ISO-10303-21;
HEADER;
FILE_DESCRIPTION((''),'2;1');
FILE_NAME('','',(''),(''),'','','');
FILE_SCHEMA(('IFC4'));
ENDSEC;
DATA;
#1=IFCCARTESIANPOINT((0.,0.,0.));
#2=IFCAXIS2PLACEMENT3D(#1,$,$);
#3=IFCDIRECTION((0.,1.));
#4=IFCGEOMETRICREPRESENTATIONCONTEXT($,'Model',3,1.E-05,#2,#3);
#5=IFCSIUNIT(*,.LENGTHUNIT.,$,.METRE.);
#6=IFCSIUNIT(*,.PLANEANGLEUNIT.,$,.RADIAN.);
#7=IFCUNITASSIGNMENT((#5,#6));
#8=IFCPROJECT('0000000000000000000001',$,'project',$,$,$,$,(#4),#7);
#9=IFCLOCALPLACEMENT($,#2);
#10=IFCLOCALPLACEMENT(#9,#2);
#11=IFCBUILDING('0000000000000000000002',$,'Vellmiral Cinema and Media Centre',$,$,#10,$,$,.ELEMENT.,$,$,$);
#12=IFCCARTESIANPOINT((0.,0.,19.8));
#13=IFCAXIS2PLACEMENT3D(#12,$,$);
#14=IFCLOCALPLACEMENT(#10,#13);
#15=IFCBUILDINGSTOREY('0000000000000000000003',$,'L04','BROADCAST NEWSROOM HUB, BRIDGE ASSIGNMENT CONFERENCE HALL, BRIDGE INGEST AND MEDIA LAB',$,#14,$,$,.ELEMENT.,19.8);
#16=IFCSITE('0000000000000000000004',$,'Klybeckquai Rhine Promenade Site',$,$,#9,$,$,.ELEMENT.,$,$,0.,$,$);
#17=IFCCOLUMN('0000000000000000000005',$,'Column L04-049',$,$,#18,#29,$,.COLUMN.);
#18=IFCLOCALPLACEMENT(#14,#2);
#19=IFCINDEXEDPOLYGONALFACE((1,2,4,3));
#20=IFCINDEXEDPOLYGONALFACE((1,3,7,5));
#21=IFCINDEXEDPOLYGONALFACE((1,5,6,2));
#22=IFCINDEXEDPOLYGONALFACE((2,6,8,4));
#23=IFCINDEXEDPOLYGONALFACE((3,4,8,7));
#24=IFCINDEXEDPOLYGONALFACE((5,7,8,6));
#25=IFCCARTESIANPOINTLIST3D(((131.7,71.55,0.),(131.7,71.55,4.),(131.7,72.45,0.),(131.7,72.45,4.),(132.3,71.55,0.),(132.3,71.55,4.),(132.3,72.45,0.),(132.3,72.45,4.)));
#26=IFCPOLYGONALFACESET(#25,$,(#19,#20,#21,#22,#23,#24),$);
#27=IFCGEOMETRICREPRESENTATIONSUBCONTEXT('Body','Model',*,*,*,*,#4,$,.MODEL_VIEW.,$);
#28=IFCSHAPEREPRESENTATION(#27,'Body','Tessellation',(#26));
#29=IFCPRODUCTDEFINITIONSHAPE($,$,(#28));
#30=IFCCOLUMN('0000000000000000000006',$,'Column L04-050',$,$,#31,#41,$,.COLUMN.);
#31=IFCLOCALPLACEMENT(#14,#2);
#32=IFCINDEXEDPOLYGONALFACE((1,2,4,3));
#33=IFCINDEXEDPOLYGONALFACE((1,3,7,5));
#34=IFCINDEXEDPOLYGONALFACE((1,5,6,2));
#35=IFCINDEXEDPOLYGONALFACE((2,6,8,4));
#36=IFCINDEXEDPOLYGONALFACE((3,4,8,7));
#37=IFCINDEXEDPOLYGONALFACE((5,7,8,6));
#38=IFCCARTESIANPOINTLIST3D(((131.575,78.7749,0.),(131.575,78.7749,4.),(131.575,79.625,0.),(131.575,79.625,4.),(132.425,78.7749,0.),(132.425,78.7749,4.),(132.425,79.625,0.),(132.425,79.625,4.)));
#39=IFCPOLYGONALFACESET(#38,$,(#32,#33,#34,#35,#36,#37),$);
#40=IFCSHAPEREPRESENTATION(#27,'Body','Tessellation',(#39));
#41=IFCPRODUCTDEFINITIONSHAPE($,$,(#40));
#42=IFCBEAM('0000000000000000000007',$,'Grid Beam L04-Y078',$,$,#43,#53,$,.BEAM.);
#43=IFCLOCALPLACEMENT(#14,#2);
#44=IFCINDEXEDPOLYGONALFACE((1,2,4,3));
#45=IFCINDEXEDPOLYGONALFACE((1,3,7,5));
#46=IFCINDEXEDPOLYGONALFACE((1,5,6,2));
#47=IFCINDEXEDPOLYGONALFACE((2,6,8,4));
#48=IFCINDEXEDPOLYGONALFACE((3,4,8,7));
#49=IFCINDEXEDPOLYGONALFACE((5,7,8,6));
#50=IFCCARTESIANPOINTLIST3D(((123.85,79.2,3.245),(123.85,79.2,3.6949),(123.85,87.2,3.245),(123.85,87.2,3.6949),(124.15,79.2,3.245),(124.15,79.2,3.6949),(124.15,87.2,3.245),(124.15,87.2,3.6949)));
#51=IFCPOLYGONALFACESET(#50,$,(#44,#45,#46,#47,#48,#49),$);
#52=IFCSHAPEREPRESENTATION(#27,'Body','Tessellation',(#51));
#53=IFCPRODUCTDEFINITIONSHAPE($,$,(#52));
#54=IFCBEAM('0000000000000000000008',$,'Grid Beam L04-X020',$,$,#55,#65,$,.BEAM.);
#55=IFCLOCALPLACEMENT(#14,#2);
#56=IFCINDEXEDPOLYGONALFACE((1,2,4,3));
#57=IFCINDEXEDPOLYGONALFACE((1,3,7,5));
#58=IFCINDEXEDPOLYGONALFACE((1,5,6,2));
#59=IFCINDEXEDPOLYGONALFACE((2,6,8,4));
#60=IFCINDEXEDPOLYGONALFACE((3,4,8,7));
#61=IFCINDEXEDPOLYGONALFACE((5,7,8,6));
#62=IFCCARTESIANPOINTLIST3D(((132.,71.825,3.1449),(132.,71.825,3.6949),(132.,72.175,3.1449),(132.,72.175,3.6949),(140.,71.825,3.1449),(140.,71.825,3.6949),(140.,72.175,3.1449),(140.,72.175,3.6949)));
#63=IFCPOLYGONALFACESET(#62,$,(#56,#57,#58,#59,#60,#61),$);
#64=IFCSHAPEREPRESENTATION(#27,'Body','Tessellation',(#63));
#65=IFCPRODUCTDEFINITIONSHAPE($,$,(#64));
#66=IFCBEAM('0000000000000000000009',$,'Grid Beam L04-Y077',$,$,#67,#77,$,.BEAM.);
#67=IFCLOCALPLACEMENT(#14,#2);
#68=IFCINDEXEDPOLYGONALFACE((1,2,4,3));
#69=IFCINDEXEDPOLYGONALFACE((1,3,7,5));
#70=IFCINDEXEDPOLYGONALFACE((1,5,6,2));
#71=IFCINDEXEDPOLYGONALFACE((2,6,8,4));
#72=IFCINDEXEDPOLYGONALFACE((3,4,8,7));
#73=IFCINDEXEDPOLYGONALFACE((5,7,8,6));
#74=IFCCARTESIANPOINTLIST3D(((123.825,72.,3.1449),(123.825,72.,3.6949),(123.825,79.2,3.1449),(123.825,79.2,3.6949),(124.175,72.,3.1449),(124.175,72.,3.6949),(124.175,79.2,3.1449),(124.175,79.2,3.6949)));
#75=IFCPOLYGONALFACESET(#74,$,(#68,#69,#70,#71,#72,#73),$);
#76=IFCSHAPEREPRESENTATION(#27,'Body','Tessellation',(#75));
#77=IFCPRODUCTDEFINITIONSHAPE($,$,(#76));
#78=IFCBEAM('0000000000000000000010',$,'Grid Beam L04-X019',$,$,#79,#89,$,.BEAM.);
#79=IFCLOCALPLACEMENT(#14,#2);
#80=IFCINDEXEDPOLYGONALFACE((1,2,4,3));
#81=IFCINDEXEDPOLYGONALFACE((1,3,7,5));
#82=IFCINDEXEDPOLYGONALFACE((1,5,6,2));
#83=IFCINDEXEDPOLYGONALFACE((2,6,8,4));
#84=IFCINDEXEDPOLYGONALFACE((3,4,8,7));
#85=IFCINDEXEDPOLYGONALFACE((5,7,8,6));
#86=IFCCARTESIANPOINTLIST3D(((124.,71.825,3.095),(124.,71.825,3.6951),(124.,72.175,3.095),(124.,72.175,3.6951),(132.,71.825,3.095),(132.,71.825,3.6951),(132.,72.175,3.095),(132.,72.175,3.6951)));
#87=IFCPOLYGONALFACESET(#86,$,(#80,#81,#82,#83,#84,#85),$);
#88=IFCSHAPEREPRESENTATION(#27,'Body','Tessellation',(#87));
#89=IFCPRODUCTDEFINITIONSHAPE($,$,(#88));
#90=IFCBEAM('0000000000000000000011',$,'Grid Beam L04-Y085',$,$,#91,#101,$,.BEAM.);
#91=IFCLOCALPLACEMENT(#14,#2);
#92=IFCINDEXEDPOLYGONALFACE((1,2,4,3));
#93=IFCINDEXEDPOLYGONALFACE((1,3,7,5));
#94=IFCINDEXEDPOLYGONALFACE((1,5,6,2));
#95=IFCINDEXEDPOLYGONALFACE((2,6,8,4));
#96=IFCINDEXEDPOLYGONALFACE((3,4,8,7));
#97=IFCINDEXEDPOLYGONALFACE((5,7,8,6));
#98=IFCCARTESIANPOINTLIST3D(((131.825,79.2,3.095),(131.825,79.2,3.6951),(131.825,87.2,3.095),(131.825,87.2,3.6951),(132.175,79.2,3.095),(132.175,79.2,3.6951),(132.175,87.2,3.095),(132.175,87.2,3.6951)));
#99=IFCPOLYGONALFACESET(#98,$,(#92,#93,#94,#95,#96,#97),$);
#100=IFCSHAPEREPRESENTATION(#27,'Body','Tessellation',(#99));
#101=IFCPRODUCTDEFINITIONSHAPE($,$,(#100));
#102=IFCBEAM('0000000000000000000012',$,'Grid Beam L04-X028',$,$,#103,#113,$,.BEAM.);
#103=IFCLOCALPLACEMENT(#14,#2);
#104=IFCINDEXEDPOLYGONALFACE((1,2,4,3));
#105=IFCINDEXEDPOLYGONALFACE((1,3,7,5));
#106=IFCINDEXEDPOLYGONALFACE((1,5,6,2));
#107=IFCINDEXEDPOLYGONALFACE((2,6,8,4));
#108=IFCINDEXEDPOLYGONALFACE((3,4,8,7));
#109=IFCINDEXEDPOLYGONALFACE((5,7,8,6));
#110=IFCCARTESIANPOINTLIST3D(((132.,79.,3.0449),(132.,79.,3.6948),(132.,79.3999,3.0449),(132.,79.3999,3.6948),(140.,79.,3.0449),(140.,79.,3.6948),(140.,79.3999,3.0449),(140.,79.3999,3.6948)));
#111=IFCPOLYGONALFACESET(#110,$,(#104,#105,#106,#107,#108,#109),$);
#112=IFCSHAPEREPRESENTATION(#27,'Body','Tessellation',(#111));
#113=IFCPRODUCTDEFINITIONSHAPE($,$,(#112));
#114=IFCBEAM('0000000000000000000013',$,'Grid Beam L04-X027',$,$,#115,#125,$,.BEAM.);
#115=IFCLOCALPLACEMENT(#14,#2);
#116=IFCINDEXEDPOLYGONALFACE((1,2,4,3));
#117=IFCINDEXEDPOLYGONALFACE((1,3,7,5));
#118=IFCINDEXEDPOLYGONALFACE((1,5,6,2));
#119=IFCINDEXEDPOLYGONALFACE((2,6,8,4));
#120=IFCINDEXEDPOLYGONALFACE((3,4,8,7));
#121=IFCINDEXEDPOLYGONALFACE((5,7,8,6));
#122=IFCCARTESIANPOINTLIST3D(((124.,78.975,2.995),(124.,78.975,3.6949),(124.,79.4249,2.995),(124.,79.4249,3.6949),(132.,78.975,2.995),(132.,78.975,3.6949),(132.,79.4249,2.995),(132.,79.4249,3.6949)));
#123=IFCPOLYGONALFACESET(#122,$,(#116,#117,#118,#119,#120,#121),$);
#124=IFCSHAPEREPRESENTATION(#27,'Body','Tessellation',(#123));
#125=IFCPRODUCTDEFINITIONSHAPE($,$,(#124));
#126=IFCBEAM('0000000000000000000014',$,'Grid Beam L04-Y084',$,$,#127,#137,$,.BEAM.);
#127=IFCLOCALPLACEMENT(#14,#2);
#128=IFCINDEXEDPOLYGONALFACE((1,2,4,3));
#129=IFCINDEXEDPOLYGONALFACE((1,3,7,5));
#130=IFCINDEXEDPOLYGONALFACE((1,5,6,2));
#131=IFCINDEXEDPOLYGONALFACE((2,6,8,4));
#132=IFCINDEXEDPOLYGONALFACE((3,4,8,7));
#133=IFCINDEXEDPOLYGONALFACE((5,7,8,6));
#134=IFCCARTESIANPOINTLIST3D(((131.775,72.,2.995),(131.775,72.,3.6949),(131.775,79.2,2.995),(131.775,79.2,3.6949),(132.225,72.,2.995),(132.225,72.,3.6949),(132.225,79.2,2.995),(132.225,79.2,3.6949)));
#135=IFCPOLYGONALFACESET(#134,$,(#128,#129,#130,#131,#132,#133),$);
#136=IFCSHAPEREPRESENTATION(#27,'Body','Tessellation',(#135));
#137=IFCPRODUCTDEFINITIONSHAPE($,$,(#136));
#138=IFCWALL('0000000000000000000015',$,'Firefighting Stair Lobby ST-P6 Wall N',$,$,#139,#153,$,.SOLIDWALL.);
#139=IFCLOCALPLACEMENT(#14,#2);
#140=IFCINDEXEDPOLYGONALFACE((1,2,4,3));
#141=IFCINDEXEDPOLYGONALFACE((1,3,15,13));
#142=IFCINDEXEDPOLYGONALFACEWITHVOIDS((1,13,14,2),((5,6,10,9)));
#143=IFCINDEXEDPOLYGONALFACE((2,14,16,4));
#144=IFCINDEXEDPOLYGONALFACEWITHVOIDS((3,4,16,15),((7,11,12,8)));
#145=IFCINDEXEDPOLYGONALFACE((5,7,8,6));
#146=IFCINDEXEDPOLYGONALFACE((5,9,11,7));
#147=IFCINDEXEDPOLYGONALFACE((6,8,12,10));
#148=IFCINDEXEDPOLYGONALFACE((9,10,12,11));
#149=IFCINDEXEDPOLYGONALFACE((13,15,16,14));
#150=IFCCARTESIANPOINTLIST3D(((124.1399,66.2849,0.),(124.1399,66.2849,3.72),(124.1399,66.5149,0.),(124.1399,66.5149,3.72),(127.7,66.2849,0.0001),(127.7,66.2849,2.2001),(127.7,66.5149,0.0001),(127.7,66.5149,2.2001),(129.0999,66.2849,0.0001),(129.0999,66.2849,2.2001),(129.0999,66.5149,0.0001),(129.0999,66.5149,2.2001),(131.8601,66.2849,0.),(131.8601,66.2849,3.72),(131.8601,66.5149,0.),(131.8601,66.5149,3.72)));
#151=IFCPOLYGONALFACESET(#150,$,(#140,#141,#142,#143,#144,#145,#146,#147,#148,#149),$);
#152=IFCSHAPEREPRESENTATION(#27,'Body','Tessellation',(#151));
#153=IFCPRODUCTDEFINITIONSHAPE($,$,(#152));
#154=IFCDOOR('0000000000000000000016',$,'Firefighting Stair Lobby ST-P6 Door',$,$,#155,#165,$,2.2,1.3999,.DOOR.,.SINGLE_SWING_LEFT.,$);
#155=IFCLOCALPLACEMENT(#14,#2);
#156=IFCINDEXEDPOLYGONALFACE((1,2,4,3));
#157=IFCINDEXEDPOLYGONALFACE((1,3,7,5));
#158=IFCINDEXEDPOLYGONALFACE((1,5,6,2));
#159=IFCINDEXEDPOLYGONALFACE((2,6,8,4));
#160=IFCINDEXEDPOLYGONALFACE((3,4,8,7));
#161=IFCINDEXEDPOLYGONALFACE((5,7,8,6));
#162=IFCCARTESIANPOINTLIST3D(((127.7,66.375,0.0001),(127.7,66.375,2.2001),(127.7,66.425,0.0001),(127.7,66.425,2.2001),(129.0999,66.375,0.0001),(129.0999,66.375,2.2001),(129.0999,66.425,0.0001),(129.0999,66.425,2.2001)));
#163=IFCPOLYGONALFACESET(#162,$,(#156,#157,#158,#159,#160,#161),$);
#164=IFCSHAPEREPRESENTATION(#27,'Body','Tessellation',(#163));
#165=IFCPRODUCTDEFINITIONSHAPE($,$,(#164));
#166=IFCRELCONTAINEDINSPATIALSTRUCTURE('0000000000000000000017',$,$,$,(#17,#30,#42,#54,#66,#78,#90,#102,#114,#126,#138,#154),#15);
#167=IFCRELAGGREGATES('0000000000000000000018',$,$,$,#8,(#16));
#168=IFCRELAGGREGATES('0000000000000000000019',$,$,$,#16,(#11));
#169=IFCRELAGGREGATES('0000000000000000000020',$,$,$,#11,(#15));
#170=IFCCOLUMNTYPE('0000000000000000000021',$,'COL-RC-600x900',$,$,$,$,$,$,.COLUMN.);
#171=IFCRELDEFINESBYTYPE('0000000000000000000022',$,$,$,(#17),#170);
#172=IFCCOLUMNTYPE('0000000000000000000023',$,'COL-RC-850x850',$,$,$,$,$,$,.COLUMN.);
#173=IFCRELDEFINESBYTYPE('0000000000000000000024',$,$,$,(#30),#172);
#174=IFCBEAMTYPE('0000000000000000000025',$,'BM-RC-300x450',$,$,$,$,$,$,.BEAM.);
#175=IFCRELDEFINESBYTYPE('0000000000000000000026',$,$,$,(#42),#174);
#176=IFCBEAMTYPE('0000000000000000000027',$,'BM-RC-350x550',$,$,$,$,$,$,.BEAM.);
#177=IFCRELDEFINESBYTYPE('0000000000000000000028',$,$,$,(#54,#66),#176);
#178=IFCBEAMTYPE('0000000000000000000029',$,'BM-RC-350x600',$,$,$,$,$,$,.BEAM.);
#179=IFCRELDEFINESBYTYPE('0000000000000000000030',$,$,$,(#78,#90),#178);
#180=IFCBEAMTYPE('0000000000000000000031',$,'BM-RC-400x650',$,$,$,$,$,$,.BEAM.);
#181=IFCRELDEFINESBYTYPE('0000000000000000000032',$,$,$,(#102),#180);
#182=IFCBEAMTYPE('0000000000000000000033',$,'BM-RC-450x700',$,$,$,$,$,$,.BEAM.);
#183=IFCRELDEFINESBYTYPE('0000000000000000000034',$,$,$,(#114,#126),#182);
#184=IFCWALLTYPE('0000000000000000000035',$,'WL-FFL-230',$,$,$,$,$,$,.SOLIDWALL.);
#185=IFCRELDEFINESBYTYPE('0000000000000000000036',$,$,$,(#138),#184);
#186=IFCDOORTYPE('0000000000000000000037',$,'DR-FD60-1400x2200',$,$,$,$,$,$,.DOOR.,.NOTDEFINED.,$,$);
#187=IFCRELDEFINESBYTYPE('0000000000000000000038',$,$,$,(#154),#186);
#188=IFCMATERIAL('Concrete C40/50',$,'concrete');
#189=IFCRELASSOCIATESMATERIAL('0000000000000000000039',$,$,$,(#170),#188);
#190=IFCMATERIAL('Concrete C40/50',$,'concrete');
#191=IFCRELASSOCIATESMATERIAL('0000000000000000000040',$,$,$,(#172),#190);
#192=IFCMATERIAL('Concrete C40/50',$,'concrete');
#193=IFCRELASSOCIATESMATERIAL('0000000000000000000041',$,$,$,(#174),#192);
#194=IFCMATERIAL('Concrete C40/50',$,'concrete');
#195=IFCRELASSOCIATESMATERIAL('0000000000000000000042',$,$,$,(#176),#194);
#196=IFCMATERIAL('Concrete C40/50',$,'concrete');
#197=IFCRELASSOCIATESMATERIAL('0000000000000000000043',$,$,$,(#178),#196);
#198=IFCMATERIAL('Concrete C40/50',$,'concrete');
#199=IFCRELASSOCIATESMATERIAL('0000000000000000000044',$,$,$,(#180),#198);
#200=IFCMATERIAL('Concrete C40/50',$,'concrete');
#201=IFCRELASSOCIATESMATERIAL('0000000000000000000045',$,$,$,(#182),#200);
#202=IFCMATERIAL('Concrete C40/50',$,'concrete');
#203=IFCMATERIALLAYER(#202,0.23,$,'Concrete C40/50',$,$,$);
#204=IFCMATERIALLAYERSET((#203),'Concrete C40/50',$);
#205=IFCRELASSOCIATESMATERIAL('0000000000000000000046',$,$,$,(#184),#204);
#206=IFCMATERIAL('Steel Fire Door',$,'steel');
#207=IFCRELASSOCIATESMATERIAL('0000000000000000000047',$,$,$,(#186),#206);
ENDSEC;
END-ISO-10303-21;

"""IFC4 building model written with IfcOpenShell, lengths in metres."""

from ifc_helpers import new_model, si_unit, direction, frame, frame_2d, origin, origin_2d, place, context, subcontext, project, spatial, rectangle, extrude, material, layer, layer_set, material_profile, profile_set, type_object, element, fill, save


model = new_model("IFC4")

# Units and contexts
model_context = context("Model", 3, precision=1e-05, world=origin(), true_north=direction((0.0, 1.0)))
body_context = subcontext(model_context, "Body", "Model", "MODEL_VIEW")
ifc_project = project(units=[si_unit("LENGTHUNIT", "METRE"), si_unit("PLANEANGLEUNIT", "RADIAN")], contexts=[model_context])

# Site, building, storey
site_placement = place(None, origin())
site = spatial("IfcSite", under=ifc_project, at=site_placement, Name="Klybeckquai Rhine Promenade Site", CompositionType="ELEMENT", RefElevation=0.0)
building_placement = place(site_placement, origin())
building = spatial("IfcBuilding", under=site, at=building_placement, Name="Vellmiral Cinema and Media Centre", CompositionType="ELEMENT")
storey_placement = place(building_placement, frame((0.0, 0.0, 19.8)))
storey = spatial("IfcBuildingStorey", under=building, at=storey_placement, Name="L04", Description="BROADCAST NEWSROOM HUB, BRIDGE ASSIGNMENT CONFERENCE HALL, BRIDGE INGEST AND MEDIA LAB", CompositionType="ELEMENT", Elevation=19.8)

# Columns
ifc_material_1 = material(Name="Concrete C40/50", Category="concrete")
ifc_material_profile_1 = material_profile(ifc_material_1, rectangle(XDim=0.6001, YDim=0.8999, at=origin_2d()), Name="RC 600x900")
ifc_profile_set_1 = profile_set([ifc_material_profile_1], Name="Concrete C40/50")
column_type_1 = type_object("IfcColumnType", Name="COL-RC-600x900", PredefinedType="COLUMN", material=ifc_profile_set_1)
column_1_placement = place(storey_placement, frame((132.0, 72.0, 0.0), z_axis=(0.0, 0.0, 1.0), x_axis=(1.0, 0.0, 0.0)))
element("IfcColumn", 1, at=column_1_placement, inside=storey, type_object=column_type_1, Name="Column L04-049", PredefinedType="COLUMN", context=body_context, shape_type="SweptSolid", body=[
    extrude(rectangle(XDim=0.6001, YDim=0.8999, at=origin_2d()), origin(), (0.0, 0.0, 1.0), 4.0),
])
ifc_material_2 = material(Name="Concrete C40/50", Category="concrete")
ifc_material_profile_2 = material_profile(ifc_material_2, rectangle(XDim=0.8501, YDim=0.8501, at=origin_2d()), Name="RC 850x850")
ifc_profile_set_2 = profile_set([ifc_material_profile_2], Name="Concrete C40/50")
column_type_2 = type_object("IfcColumnType", Name="COL-RC-850x850", PredefinedType="COLUMN", material=ifc_profile_set_2)
column_2_placement = place(storey_placement, frame((132.0, 79.2, 0.0), z_axis=(0.0, 0.0, 1.0), x_axis=(1.0, 0.0, 0.0)))
element("IfcColumn", 2, at=column_2_placement, inside=storey, type_object=column_type_2, Name="Column L04-050", PredefinedType="COLUMN", context=body_context, shape_type="SweptSolid", body=[
    extrude(rectangle(XDim=0.8501, YDim=0.8501, at=origin_2d()), origin(), (0.0, 0.0, 1.0), 4.0),
])

# Beams
ifc_material_3 = material(Name="Concrete C40/50", Category="concrete")
ifc_material_profile_3 = material_profile(ifc_material_3, rectangle(XDim=0.3, YDim=0.45, at=origin_2d()), Name="RC 300x450")
ifc_profile_set_3 = profile_set([ifc_material_profile_3], Name="Concrete C40/50")
beam_type_1 = type_object("IfcBeamType", Name="BM-RC-300x450", PredefinedType="BEAM", material=ifc_profile_set_3)
beam_1_placement = place(storey_placement, frame((124.0, 79.2, 3.47), z_axis=(0.0, 1.0, 0.0), x_axis=(-1.0, 0.0, 0.0)))
element("IfcBeam", 3, at=beam_1_placement, inside=storey, type_object=beam_type_1, Name="Grid Beam L04-Y078", PredefinedType="BEAM", context=body_context, shape_type="SweptSolid", body=[
    extrude(rectangle(XDim=0.3, YDim=0.45, at=origin_2d()), origin(), (0.0, 0.0, 1.0), 8.0),
])
ifc_material_4 = material(Name="Concrete C40/50", Category="concrete")
ifc_material_profile_4 = material_profile(ifc_material_4, rectangle(XDim=0.3501, YDim=0.55, at=origin_2d()), Name="RC 350x550")
ifc_profile_set_4 = profile_set([ifc_material_profile_4], Name="Concrete C40/50")
beam_type_2 = type_object("IfcBeamType", Name="BM-RC-350x550", PredefinedType="BEAM", material=ifc_profile_set_4)
beam_2_placement = place(storey_placement, frame((132.0, 72.0, 3.4199), z_axis=(1.0, 0.0, 0.0), x_axis=(0.0, 1.0, 0.0)))
element("IfcBeam", 4, at=beam_2_placement, inside=storey, type_object=beam_type_2, Name="Grid Beam L04-X020", PredefinedType="BEAM", context=body_context, shape_type="SweptSolid", body=[
    extrude(rectangle(XDim=0.3501, YDim=0.55, at=origin_2d()), origin(), (0.0, 0.0, 1.0), 8.0),
])
beam_3_placement = place(storey_placement, frame((124.0, 72.0, 3.4199), z_axis=(0.0, 1.0, 0.0), x_axis=(-1.0, 0.0, 0.0)))
element("IfcBeam", 5, at=beam_3_placement, inside=storey, type_object=beam_type_2, Name="Grid Beam L04-Y077", PredefinedType="BEAM", context=body_context, shape_type="SweptSolid", body=[
    extrude(rectangle(XDim=0.3501, YDim=0.55, at=origin_2d()), origin(), (0.0, 0.0, 1.0), 7.2),
])
ifc_material_5 = material(Name="Concrete C40/50", Category="concrete")
ifc_material_profile_5 = material_profile(ifc_material_5, rectangle(XDim=0.3501, YDim=0.6001, at=origin_2d()), Name="RC 350x600")
ifc_profile_set_5 = profile_set([ifc_material_profile_5], Name="Concrete C40/50")
beam_type_3 = type_object("IfcBeamType", Name="BM-RC-350x600", PredefinedType="BEAM", material=ifc_profile_set_5)
for number, where, z_axis, x_axis, name in (
    (6, (124.0, 72.0, 3.395), (1.0, 0.0, 0.0), (0.0, 1.0, 0.0), "Grid Beam L04-X019"),
    (7, (132.0, 79.2, 3.395), (0.0, 1.0, 0.0), (-1.0, 0.0, 0.0), "Grid Beam L04-Y085"),
):
    element("IfcBeam", number, at=place(storey_placement, frame(where, z_axis=z_axis, x_axis=x_axis)), inside=storey, type_object=beam_type_3, Name=name, PredefinedType="BEAM", context=body_context, shape_type="SweptSolid", body=[
        extrude(rectangle(XDim=0.3501, YDim=0.6001, at=origin_2d()), origin(), (0.0, 0.0, 1.0), 8.0),
    ])
ifc_material_6 = material(Name="Concrete C40/50", Category="concrete")
ifc_material_profile_6 = material_profile(ifc_material_6, rectangle(XDim=0.3999, YDim=0.6499, at=origin_2d()), Name="RC 400x650")
ifc_profile_set_6 = profile_set([ifc_material_profile_6], Name="Concrete C40/50")
beam_type_4 = type_object("IfcBeamType", Name="BM-RC-400x650", PredefinedType="BEAM", material=ifc_profile_set_6)
beam_4_placement = place(storey_placement, frame((132.0, 79.2, 3.3699), z_axis=(1.0, 0.0, 0.0), x_axis=(0.0, 1.0, 0.0)))
element("IfcBeam", 8, at=beam_4_placement, inside=storey, type_object=beam_type_4, Name="Grid Beam L04-X028", PredefinedType="BEAM", context=body_context, shape_type="SweptSolid", body=[
    extrude(rectangle(XDim=0.3999, YDim=0.6499, at=origin_2d()), origin(), (0.0, 0.0, 1.0), 8.0),
])
ifc_material_7 = material(Name="Concrete C40/50", Category="concrete")
ifc_material_profile_7 = material_profile(ifc_material_7, rectangle(XDim=0.45, YDim=0.7, at=origin_2d()), Name="RC 450x700")
ifc_profile_set_7 = profile_set([ifc_material_profile_7], Name="Concrete C40/50")
beam_type_5 = type_object("IfcBeamType", Name="BM-RC-450x700", PredefinedType="BEAM", material=ifc_profile_set_7)
beam_5_placement = place(storey_placement, frame((124.0, 79.2, 3.345), z_axis=(1.0, 0.0, 0.0), x_axis=(0.0, 1.0, 0.0)))
element("IfcBeam", 9, at=beam_5_placement, inside=storey, type_object=beam_type_5, Name="Grid Beam L04-X027", PredefinedType="BEAM", context=body_context, shape_type="SweptSolid", body=[
    extrude(rectangle(XDim=0.45, YDim=0.7, at=origin_2d()), origin(), (0.0, 0.0, 1.0), 8.0),
])
beam_6_placement = place(storey_placement, frame((132.0, 72.0, 3.345), z_axis=(0.0, 1.0, 0.0), x_axis=(-1.0, 0.0, 0.0)))
element("IfcBeam", 10, at=beam_6_placement, inside=storey, type_object=beam_type_5, Name="Grid Beam L04-Y084", PredefinedType="BEAM", context=body_context, shape_type="SweptSolid", body=[
    extrude(rectangle(XDim=0.45, YDim=0.7, at=origin_2d()), origin(), (0.0, 0.0, 1.0), 7.2),
])

# Wall, opening, door
ifc_material_8 = material(Name="Concrete C40/50", Category="concrete")
ifc_layer_1 = layer(ifc_material_8, 0.23, Name="Concrete C40/50")
ifc_layer_set_1 = layer_set([ifc_layer_1], Name="Concrete C40/50")
wall_type_1 = type_object("IfcWallType", Name="WL-FFL-230", PredefinedType="SOLIDWALL", material=ifc_layer_set_1)
wall_1_placement = place(storey_placement, frame((124.1399, 66.3999, 0.0), z_axis=(0.0, 0.0, 1.0), x_axis=(1.0, 0.0, 0.0)))
wall_1 = element("IfcWall", 11, at=wall_1_placement, inside=storey, type_object=wall_type_1, Name="Firefighting Stair Lobby ST-P6 Wall N", PredefinedType="SOLIDWALL", context=body_context, shape_type="SweptSolid", body=[
    extrude(rectangle(XDim=7.7202, YDim=0.23, at=frame_2d((3.8601, 0.0))), origin(), (0.0, 0.0, 1.0), 3.72),
])
opening_1_placement = place(wall_1_placement, frame((3.5601, 0.0, 0.0)))
opening_1 = element("IfcOpeningElement", 12, at=opening_1_placement, cuts=wall_1, PredefinedType="OPENING", context=body_context, shape_type="SweptSolid", body=[
    extrude(rectangle(XDim=1.3999, YDim=2.2, at=frame_2d((0.7, 1.1001))), frame((0.0, 0.127, 0.0), z_axis=(0.0, -1.0, 0.0), x_axis=(1.0, 0.0, 0.0)), (0.0, 0.0, 1.0), 0.2539),
])
ifc_material_9 = material(Name="Steel Fire Door", Category="steel")
door_type_1 = type_object("IfcDoorType", Name="DR-FD60-1400x2200", OperationType="NOTDEFINED", PredefinedType="DOOR", material=ifc_material_9)
door_1_placement = place(opening_1_placement, frame((1.3999, 0.0, 0.0), z_axis=(0.0, 0.0, 1.0), x_axis=(-1.0, 0.0, 0.0)))
door_1 = element("IfcDoor", 13, at=door_1_placement, inside=storey, type_object=door_type_1, Name="Firefighting Stair Lobby ST-P6 Door", OperationType="SINGLE_SWING_LEFT", OverallHeight=2.2, OverallWidth=1.3999, PredefinedType="DOOR", context=body_context, shape_type="SweptSolid", body=[
    extrude(rectangle(XDim=1.3999, YDim=2.2, at=frame_2d((0.7, 1.1001))), frame((0.0, 0.0249, 0.0), z_axis=(0.0, -1.0, 0.0), x_axis=(1.0, 0.0, 0.0)), (0.0, 0.0, 1.0), 0.05),
])
fill(opening_1, door_1)

save(model, "model.ifc")
